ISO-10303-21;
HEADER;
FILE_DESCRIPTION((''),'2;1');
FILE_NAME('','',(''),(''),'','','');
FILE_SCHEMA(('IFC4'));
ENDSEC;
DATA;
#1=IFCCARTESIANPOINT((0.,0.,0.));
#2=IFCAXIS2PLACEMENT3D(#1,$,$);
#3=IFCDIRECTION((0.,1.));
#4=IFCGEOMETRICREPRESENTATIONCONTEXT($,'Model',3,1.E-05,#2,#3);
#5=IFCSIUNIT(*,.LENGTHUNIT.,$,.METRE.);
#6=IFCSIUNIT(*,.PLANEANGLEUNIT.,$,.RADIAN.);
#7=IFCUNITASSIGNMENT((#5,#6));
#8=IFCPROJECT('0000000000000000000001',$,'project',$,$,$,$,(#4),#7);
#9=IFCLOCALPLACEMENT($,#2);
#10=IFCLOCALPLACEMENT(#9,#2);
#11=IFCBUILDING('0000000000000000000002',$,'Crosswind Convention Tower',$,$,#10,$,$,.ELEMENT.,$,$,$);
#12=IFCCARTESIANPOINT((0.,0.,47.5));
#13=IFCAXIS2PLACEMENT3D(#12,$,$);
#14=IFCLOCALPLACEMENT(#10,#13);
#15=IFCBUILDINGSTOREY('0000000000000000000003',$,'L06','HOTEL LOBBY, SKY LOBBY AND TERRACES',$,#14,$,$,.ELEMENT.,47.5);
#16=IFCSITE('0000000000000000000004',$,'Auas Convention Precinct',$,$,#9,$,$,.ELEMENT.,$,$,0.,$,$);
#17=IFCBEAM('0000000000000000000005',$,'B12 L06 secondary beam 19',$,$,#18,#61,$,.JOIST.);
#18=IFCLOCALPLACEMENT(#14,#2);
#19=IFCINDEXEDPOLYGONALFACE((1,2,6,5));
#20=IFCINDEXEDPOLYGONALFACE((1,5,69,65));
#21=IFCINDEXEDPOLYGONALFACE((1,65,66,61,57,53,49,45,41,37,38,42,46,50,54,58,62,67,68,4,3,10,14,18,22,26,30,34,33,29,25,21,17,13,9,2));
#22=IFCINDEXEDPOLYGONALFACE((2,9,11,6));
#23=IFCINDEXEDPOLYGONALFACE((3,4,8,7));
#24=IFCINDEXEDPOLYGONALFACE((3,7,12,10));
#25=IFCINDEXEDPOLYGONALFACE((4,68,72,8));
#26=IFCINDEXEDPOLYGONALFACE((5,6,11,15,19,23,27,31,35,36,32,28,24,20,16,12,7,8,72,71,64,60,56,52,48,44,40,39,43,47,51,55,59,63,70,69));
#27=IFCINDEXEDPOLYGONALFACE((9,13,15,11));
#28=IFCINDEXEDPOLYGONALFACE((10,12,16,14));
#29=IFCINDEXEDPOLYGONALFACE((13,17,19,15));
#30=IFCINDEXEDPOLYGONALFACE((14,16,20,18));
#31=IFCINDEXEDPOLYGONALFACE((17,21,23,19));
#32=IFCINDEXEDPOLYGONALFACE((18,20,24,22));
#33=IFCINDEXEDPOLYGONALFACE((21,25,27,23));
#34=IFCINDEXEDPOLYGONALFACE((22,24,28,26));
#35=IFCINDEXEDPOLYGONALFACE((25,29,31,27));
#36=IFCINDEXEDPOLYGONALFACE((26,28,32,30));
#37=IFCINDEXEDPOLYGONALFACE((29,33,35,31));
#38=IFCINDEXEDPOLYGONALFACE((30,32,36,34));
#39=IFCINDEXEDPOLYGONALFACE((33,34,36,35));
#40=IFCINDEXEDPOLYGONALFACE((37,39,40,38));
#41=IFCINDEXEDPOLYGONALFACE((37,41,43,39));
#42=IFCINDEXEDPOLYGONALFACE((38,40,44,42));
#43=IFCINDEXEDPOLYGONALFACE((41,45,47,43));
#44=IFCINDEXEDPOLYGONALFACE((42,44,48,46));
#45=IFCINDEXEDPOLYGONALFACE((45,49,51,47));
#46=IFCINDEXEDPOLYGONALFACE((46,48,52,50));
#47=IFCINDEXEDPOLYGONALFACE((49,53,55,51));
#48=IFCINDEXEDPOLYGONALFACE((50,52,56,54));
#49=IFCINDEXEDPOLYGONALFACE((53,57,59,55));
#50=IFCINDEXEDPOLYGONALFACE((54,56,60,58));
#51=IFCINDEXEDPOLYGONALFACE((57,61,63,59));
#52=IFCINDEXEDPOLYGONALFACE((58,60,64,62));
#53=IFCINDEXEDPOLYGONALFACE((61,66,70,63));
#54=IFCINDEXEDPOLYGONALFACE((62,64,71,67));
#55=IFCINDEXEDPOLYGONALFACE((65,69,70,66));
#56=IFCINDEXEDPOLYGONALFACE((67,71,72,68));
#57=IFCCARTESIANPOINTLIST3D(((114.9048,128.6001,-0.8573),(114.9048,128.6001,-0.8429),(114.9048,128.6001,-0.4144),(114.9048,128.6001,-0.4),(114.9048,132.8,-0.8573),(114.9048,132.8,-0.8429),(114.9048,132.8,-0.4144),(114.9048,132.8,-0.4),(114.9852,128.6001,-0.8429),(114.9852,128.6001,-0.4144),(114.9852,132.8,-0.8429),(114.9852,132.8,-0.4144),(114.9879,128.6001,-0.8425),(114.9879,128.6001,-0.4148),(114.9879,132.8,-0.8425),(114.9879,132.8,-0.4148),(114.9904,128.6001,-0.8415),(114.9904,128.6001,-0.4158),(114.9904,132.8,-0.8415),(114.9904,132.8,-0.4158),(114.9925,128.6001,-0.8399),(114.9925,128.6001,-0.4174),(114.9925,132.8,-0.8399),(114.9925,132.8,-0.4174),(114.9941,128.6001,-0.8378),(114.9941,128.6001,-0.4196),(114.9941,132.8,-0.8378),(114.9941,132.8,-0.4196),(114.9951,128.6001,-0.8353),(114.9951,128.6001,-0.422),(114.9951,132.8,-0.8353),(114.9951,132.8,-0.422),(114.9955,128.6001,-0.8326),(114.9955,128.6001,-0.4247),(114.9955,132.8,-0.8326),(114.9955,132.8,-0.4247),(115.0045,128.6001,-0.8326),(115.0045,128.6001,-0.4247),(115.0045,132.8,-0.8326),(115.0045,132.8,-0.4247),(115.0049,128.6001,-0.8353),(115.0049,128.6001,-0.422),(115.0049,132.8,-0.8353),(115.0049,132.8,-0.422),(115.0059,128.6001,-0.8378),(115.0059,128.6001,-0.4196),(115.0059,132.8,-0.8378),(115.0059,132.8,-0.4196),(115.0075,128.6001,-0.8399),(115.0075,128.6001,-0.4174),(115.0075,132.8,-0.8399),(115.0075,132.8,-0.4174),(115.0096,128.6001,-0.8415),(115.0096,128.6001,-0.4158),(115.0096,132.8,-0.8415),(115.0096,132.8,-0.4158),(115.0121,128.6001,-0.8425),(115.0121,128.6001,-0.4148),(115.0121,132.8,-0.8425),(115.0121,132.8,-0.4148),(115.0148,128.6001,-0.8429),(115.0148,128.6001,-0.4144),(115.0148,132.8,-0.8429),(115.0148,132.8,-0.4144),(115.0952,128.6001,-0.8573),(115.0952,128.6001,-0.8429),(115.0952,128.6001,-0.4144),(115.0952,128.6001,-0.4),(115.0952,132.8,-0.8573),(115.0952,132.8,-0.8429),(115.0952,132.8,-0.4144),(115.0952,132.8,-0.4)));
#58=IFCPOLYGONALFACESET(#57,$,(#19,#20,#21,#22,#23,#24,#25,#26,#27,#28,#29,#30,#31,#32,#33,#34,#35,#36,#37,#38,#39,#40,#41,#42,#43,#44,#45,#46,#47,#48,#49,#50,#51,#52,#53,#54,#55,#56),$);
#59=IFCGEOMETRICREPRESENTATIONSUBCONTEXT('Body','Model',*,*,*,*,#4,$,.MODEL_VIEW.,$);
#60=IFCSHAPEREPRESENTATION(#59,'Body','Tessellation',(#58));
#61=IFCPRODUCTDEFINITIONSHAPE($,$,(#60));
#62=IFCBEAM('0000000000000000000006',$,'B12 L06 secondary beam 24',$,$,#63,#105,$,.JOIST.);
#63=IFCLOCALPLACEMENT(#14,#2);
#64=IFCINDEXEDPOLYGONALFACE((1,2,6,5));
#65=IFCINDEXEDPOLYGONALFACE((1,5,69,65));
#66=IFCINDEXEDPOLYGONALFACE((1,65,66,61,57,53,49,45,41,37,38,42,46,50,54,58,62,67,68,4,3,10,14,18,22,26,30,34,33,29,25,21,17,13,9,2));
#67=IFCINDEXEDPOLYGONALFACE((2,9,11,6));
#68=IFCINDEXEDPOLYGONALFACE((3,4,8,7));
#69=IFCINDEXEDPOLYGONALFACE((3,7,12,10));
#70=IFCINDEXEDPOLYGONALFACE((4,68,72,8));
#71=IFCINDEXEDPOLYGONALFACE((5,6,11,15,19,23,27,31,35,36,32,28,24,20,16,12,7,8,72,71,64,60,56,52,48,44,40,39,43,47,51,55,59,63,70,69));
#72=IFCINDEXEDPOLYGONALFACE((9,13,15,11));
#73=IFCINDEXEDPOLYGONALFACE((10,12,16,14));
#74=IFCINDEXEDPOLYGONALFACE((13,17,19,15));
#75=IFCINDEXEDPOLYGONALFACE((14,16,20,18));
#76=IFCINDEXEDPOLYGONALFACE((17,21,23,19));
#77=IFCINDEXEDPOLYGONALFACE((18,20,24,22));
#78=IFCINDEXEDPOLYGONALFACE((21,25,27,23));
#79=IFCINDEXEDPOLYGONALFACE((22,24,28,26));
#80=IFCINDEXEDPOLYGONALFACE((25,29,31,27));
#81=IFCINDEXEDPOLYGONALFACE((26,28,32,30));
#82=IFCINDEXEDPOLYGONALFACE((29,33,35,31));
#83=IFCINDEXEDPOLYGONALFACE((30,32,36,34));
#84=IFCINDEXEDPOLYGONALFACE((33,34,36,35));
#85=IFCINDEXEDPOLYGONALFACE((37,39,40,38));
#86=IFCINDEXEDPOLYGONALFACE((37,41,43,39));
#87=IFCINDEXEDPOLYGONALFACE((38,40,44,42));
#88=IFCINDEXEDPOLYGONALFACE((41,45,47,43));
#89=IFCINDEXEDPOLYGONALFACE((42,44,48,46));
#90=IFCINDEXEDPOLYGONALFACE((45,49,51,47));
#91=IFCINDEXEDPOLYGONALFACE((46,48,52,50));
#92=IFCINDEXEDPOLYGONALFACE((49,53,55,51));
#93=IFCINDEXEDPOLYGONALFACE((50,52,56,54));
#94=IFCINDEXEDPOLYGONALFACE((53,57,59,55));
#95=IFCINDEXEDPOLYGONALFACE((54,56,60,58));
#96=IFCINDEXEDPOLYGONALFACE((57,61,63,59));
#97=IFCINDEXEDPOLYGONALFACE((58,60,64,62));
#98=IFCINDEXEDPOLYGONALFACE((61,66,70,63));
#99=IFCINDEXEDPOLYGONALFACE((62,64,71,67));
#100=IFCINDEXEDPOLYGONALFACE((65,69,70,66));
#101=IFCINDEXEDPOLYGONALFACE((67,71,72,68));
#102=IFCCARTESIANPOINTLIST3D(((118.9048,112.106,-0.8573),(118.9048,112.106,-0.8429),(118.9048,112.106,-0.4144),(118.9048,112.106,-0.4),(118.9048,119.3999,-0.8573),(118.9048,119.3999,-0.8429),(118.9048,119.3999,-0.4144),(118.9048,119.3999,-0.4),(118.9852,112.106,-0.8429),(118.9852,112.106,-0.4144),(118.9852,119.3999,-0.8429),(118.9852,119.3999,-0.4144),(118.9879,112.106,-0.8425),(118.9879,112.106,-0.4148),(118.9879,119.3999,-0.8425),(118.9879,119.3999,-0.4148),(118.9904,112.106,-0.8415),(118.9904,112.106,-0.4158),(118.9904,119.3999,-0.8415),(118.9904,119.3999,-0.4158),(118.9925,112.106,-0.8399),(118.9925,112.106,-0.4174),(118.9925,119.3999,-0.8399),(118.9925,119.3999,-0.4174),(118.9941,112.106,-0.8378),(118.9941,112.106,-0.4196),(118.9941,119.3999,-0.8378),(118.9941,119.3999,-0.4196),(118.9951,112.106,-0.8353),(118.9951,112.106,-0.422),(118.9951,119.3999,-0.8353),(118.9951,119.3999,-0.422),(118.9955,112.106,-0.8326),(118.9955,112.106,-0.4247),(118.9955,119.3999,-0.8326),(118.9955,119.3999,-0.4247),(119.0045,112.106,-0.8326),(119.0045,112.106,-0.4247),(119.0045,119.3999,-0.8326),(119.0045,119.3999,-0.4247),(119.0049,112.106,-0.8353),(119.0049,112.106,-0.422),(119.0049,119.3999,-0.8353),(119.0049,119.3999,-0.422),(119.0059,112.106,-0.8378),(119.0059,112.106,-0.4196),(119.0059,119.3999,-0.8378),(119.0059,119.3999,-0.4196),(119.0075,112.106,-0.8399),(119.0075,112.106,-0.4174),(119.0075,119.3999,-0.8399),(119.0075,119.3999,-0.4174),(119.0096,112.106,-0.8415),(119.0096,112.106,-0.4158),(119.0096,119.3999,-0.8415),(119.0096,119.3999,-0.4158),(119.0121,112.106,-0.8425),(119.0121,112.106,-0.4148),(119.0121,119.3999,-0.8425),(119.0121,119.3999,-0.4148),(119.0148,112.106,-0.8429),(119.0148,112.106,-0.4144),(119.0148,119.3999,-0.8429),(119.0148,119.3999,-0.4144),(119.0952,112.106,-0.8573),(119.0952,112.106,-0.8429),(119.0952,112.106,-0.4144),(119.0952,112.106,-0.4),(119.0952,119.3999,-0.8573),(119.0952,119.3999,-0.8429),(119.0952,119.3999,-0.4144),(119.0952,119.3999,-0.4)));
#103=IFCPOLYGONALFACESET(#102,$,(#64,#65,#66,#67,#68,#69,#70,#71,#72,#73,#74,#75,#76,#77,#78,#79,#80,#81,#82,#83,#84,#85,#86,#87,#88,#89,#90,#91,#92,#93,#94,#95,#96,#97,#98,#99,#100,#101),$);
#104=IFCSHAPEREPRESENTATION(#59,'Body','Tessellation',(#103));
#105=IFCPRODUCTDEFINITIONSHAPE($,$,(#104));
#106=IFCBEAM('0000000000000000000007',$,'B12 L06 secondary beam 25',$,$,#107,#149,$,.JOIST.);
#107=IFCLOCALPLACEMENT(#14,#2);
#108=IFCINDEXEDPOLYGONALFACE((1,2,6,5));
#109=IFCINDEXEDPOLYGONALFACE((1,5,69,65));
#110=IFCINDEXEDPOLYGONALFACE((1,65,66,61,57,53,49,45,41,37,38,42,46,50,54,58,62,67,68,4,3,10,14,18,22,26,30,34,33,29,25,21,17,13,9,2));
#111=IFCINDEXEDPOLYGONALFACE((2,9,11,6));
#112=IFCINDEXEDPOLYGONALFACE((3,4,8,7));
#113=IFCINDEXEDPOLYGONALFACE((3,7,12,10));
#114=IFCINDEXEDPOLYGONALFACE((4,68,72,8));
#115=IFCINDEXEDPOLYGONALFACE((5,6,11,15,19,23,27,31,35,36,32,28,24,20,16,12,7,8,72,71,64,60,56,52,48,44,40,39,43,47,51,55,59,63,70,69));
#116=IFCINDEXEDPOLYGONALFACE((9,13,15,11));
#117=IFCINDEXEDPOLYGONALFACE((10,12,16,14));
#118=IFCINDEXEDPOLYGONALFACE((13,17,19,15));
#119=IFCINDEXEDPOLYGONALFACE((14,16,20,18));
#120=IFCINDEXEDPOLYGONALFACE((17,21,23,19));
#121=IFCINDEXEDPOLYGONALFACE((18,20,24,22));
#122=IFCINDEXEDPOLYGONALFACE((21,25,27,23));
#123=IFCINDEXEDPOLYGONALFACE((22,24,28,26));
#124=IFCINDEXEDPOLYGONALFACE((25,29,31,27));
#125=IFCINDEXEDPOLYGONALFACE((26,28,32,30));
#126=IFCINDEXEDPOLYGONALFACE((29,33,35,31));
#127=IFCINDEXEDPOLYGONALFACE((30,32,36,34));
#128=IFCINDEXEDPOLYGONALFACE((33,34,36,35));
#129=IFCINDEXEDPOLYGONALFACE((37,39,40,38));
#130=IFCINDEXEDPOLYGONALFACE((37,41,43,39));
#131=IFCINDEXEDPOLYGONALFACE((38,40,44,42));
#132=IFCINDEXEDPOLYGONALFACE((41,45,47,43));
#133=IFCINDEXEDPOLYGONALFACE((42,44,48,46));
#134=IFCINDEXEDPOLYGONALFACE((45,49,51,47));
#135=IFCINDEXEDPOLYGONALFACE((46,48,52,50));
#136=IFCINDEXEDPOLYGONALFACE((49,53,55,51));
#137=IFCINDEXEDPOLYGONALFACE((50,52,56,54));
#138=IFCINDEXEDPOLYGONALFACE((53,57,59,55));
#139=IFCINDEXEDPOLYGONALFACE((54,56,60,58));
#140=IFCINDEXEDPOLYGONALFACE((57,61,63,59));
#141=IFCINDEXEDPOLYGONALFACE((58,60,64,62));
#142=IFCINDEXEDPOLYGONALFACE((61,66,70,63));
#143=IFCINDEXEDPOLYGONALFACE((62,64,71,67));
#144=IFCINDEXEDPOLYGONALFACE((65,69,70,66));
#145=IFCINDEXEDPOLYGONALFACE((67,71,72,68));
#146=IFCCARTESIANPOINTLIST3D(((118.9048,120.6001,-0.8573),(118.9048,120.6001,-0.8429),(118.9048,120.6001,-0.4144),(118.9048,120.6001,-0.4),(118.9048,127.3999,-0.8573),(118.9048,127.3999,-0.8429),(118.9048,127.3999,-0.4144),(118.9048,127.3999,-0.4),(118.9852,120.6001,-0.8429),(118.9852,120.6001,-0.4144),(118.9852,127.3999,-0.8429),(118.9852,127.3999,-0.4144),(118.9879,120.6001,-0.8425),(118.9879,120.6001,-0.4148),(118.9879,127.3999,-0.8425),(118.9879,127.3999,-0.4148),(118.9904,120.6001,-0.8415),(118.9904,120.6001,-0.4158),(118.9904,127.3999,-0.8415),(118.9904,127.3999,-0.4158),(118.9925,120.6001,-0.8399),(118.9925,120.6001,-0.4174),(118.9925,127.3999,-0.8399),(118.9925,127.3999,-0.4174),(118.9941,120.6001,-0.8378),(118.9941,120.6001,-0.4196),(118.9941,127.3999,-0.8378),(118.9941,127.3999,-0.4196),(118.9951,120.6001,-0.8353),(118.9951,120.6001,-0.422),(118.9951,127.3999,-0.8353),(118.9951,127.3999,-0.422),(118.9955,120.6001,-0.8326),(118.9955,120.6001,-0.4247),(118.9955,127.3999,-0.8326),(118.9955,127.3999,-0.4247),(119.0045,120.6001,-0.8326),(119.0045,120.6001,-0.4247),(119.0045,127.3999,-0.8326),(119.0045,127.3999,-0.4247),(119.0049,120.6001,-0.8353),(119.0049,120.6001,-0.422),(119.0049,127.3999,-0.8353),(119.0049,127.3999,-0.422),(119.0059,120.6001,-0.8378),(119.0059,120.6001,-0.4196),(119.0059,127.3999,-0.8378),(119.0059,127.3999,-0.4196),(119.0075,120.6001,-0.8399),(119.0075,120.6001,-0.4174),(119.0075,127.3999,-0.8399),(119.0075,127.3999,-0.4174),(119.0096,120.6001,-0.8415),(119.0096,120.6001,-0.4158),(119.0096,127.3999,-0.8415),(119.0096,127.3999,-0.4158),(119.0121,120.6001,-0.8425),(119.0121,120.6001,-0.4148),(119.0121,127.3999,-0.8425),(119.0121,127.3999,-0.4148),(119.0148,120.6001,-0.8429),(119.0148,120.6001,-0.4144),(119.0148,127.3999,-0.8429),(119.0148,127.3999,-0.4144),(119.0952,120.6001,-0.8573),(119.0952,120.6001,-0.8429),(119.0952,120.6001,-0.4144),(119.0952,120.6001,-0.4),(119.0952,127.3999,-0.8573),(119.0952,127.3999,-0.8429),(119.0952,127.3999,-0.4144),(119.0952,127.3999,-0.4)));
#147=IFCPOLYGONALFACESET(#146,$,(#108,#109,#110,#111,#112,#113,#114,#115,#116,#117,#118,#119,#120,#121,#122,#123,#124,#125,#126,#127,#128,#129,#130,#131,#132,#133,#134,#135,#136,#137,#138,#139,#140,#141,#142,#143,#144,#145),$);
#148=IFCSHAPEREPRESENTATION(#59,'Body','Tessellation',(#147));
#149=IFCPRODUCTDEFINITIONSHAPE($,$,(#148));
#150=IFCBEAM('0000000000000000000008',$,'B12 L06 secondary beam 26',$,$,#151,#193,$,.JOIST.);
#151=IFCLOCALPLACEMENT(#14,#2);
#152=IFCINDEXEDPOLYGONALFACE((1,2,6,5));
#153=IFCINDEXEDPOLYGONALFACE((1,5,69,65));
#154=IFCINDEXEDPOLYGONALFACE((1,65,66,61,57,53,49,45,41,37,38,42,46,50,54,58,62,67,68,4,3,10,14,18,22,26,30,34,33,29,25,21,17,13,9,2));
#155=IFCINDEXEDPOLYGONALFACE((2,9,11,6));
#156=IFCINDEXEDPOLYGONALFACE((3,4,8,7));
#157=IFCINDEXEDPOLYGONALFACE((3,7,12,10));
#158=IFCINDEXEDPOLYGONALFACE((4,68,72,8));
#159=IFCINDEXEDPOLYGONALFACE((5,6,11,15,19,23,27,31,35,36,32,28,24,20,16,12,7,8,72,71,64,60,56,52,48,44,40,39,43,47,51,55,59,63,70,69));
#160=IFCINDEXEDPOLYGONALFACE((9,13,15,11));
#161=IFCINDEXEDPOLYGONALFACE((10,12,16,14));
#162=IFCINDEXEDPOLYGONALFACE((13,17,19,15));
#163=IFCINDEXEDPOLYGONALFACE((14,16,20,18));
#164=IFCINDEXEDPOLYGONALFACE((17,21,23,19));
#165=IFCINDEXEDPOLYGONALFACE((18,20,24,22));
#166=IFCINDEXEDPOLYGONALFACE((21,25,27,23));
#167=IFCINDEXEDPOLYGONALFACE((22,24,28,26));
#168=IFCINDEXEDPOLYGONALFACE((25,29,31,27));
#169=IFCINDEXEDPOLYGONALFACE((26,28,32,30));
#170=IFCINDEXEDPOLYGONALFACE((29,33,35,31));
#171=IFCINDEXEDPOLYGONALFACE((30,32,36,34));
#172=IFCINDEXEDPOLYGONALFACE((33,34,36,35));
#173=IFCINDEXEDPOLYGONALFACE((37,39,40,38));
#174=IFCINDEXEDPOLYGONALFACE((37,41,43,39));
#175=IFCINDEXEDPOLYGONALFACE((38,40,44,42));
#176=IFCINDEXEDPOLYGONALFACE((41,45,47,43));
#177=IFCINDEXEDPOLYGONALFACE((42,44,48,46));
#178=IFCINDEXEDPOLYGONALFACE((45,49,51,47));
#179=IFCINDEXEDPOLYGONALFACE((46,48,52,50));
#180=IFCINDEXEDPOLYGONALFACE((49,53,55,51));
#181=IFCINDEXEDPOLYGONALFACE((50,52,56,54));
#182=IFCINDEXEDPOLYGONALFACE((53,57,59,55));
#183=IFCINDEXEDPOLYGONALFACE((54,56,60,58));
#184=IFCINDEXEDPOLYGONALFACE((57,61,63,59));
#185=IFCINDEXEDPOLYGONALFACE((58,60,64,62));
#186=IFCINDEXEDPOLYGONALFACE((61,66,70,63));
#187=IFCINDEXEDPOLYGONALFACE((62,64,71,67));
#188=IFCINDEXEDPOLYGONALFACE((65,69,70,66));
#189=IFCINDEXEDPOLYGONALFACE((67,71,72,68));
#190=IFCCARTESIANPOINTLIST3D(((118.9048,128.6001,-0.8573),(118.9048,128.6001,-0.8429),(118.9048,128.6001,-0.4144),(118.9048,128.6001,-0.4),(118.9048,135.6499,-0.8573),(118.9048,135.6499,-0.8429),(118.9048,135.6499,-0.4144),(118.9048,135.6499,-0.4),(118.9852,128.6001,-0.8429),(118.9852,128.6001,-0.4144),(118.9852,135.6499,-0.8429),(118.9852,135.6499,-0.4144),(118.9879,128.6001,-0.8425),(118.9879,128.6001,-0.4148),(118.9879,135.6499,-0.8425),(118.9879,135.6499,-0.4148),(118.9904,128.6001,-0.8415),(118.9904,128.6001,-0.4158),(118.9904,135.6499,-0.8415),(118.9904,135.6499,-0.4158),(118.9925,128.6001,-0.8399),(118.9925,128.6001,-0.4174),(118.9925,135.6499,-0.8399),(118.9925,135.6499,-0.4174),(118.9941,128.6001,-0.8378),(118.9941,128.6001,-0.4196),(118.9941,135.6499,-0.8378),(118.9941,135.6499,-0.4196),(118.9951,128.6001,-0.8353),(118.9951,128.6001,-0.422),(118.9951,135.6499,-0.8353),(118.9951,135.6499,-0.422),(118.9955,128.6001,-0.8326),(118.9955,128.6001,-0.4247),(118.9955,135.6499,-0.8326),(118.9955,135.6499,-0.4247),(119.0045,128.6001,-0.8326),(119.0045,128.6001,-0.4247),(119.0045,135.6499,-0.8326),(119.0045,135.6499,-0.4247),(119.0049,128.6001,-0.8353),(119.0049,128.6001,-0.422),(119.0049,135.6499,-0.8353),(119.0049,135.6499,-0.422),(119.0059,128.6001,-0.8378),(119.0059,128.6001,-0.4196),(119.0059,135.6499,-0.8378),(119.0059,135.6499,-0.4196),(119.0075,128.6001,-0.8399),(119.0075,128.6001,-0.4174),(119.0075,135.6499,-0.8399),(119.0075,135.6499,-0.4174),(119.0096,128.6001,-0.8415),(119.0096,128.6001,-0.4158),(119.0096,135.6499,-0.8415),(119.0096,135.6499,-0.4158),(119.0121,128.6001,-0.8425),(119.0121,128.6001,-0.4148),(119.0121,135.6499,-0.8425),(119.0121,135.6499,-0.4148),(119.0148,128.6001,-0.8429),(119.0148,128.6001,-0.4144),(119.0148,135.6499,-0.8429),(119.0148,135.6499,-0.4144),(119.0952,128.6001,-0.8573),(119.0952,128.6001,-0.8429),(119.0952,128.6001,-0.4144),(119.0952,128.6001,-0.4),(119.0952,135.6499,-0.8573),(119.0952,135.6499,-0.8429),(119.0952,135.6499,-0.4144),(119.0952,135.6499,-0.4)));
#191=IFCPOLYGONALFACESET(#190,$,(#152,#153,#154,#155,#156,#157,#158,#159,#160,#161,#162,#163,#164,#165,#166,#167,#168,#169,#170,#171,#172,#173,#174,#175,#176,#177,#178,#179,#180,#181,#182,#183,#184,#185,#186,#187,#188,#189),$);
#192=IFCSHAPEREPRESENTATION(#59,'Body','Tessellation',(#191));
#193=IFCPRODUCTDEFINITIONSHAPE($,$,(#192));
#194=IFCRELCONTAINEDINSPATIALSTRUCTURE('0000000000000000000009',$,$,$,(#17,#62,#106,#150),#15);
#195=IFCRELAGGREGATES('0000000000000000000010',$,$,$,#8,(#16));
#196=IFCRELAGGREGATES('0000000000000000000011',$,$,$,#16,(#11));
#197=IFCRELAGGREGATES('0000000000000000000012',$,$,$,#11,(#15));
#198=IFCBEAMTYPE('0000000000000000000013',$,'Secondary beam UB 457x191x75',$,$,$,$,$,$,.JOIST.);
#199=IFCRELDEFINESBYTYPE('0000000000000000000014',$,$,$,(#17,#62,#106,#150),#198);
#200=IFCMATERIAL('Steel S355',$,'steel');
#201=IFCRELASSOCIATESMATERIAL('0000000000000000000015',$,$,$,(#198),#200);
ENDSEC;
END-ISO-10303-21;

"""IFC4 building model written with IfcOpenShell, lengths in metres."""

from ifc_helpers import new_model, si_unit, direction, frame, origin, origin_2d, place, context, subcontext, project, spatial, i_section, extrude, material, material_profile, profile_set, type_object, element, save


model = new_model("IFC4")

# Units and contexts
model_context = context("Model", 3, precision=1e-05, world=origin(), true_north=direction((0.0, 1.0)))
body_context = subcontext(model_context, "Body", "Model", "MODEL_VIEW")
ifc_project = project(units=[si_unit("LENGTHUNIT", "METRE"), si_unit("PLANEANGLEUNIT", "RADIAN")], contexts=[model_context])

# Site, building, storey
site_placement = place(None, origin())
site = spatial("IfcSite", under=ifc_project, at=site_placement, Name="Auas Convention Precinct", CompositionType="ELEMENT", RefElevation=0.0)
building_placement = place(site_placement, origin())
building = spatial("IfcBuilding", under=site, at=building_placement, Name="Crosswind Convention Tower", CompositionType="ELEMENT")
storey_placement = place(building_placement, frame((0.0, 0.0, 47.5)))
storey = spatial("IfcBuildingStorey", under=building, at=storey_placement, Name="L06", Description="HOTEL LOBBY, SKY LOBBY AND TERRACES", CompositionType="ELEMENT", Elevation=47.5)

# Beams
ifc_material_1 = material(Name="Steel S355", Category="steel")
ifc_material_profile_1 = material_profile(ifc_material_1, i_section(OverallWidth=0.1904, OverallDepth=0.4573, WebThickness=0.009, FlangeThickness=0.0144, FilletRadius=0.0103, at=origin_2d()), Name="UB 457x191x75")
ifc_profile_set_1 = profile_set([ifc_material_profile_1], Name="Steel S355")
beam_type_1 = type_object("IfcBeamType", Name="Secondary beam UB 457x191x75", PredefinedType="JOIST", material=ifc_profile_set_1)
beam_1_placement = place(storey_placement, frame((115.0, 128.6001, -0.6287), z_axis=(0.0, 1.0, 0.0), x_axis=(-1.0, 0.0, 0.0)))
element("IfcBeam", 1, at=beam_1_placement, inside=storey, type_object=beam_type_1, Name="B12 L06 secondary beam 19", PredefinedType="JOIST", context=body_context, shape_type="SweptSolid", body=[
    extrude(i_section(OverallWidth=0.1904, OverallDepth=0.4573, WebThickness=0.009, FlangeThickness=0.0144, FilletRadius=0.0103, at=origin_2d()), origin(), (0.0, 0.0, 1.0), 4.2),
])
beam_2_placement = place(storey_placement, frame((119.0, 112.106, -0.6287), z_axis=(0.0, 1.0, 0.0), x_axis=(-1.0, 0.0, 0.0)))
element("IfcBeam", 2, at=beam_2_placement, inside=storey, type_object=beam_type_1, Name="B12 L06 secondary beam 24", PredefinedType="JOIST", context=body_context, shape_type="SweptSolid", body=[
    extrude(i_section(OverallWidth=0.1904, OverallDepth=0.4573, WebThickness=0.009, FlangeThickness=0.0144, FilletRadius=0.0103, at=origin_2d()), origin(), (0.0, 0.0, 1.0), 7.2939),
])
beam_3_placement = place(storey_placement, frame((119.0, 120.6001, -0.6287), z_axis=(0.0, 1.0, 0.0), x_axis=(-1.0, 0.0, 0.0)))
element("IfcBeam", 3, at=beam_3_placement, inside=storey, type_object=beam_type_1, Name="B12 L06 secondary beam 25", PredefinedType="JOIST", context=body_context, shape_type="SweptSolid", body=[
    extrude(i_section(OverallWidth=0.1904, OverallDepth=0.4573, WebThickness=0.009, FlangeThickness=0.0144, FilletRadius=0.0103, at=origin_2d()), origin(), (0.0, 0.0, 1.0), 6.7998),
])
beam_4_placement = place(storey_placement, frame((119.0, 128.6001, -0.6287), z_axis=(0.0, 1.0, 0.0), x_axis=(-1.0, 0.0, 0.0)))
element("IfcBeam", 4, at=beam_4_placement, inside=storey, type_object=beam_type_1, Name="B12 L06 secondary beam 26", PredefinedType="JOIST", context=body_context, shape_type="SweptSolid", body=[
    extrude(i_section(OverallWidth=0.1904, OverallDepth=0.4573, WebThickness=0.009, FlangeThickness=0.0144, FilletRadius=0.0103, at=origin_2d()), origin(), (0.0, 0.0, 1.0), 7.0498),
])

save(model, "model.ifc")
